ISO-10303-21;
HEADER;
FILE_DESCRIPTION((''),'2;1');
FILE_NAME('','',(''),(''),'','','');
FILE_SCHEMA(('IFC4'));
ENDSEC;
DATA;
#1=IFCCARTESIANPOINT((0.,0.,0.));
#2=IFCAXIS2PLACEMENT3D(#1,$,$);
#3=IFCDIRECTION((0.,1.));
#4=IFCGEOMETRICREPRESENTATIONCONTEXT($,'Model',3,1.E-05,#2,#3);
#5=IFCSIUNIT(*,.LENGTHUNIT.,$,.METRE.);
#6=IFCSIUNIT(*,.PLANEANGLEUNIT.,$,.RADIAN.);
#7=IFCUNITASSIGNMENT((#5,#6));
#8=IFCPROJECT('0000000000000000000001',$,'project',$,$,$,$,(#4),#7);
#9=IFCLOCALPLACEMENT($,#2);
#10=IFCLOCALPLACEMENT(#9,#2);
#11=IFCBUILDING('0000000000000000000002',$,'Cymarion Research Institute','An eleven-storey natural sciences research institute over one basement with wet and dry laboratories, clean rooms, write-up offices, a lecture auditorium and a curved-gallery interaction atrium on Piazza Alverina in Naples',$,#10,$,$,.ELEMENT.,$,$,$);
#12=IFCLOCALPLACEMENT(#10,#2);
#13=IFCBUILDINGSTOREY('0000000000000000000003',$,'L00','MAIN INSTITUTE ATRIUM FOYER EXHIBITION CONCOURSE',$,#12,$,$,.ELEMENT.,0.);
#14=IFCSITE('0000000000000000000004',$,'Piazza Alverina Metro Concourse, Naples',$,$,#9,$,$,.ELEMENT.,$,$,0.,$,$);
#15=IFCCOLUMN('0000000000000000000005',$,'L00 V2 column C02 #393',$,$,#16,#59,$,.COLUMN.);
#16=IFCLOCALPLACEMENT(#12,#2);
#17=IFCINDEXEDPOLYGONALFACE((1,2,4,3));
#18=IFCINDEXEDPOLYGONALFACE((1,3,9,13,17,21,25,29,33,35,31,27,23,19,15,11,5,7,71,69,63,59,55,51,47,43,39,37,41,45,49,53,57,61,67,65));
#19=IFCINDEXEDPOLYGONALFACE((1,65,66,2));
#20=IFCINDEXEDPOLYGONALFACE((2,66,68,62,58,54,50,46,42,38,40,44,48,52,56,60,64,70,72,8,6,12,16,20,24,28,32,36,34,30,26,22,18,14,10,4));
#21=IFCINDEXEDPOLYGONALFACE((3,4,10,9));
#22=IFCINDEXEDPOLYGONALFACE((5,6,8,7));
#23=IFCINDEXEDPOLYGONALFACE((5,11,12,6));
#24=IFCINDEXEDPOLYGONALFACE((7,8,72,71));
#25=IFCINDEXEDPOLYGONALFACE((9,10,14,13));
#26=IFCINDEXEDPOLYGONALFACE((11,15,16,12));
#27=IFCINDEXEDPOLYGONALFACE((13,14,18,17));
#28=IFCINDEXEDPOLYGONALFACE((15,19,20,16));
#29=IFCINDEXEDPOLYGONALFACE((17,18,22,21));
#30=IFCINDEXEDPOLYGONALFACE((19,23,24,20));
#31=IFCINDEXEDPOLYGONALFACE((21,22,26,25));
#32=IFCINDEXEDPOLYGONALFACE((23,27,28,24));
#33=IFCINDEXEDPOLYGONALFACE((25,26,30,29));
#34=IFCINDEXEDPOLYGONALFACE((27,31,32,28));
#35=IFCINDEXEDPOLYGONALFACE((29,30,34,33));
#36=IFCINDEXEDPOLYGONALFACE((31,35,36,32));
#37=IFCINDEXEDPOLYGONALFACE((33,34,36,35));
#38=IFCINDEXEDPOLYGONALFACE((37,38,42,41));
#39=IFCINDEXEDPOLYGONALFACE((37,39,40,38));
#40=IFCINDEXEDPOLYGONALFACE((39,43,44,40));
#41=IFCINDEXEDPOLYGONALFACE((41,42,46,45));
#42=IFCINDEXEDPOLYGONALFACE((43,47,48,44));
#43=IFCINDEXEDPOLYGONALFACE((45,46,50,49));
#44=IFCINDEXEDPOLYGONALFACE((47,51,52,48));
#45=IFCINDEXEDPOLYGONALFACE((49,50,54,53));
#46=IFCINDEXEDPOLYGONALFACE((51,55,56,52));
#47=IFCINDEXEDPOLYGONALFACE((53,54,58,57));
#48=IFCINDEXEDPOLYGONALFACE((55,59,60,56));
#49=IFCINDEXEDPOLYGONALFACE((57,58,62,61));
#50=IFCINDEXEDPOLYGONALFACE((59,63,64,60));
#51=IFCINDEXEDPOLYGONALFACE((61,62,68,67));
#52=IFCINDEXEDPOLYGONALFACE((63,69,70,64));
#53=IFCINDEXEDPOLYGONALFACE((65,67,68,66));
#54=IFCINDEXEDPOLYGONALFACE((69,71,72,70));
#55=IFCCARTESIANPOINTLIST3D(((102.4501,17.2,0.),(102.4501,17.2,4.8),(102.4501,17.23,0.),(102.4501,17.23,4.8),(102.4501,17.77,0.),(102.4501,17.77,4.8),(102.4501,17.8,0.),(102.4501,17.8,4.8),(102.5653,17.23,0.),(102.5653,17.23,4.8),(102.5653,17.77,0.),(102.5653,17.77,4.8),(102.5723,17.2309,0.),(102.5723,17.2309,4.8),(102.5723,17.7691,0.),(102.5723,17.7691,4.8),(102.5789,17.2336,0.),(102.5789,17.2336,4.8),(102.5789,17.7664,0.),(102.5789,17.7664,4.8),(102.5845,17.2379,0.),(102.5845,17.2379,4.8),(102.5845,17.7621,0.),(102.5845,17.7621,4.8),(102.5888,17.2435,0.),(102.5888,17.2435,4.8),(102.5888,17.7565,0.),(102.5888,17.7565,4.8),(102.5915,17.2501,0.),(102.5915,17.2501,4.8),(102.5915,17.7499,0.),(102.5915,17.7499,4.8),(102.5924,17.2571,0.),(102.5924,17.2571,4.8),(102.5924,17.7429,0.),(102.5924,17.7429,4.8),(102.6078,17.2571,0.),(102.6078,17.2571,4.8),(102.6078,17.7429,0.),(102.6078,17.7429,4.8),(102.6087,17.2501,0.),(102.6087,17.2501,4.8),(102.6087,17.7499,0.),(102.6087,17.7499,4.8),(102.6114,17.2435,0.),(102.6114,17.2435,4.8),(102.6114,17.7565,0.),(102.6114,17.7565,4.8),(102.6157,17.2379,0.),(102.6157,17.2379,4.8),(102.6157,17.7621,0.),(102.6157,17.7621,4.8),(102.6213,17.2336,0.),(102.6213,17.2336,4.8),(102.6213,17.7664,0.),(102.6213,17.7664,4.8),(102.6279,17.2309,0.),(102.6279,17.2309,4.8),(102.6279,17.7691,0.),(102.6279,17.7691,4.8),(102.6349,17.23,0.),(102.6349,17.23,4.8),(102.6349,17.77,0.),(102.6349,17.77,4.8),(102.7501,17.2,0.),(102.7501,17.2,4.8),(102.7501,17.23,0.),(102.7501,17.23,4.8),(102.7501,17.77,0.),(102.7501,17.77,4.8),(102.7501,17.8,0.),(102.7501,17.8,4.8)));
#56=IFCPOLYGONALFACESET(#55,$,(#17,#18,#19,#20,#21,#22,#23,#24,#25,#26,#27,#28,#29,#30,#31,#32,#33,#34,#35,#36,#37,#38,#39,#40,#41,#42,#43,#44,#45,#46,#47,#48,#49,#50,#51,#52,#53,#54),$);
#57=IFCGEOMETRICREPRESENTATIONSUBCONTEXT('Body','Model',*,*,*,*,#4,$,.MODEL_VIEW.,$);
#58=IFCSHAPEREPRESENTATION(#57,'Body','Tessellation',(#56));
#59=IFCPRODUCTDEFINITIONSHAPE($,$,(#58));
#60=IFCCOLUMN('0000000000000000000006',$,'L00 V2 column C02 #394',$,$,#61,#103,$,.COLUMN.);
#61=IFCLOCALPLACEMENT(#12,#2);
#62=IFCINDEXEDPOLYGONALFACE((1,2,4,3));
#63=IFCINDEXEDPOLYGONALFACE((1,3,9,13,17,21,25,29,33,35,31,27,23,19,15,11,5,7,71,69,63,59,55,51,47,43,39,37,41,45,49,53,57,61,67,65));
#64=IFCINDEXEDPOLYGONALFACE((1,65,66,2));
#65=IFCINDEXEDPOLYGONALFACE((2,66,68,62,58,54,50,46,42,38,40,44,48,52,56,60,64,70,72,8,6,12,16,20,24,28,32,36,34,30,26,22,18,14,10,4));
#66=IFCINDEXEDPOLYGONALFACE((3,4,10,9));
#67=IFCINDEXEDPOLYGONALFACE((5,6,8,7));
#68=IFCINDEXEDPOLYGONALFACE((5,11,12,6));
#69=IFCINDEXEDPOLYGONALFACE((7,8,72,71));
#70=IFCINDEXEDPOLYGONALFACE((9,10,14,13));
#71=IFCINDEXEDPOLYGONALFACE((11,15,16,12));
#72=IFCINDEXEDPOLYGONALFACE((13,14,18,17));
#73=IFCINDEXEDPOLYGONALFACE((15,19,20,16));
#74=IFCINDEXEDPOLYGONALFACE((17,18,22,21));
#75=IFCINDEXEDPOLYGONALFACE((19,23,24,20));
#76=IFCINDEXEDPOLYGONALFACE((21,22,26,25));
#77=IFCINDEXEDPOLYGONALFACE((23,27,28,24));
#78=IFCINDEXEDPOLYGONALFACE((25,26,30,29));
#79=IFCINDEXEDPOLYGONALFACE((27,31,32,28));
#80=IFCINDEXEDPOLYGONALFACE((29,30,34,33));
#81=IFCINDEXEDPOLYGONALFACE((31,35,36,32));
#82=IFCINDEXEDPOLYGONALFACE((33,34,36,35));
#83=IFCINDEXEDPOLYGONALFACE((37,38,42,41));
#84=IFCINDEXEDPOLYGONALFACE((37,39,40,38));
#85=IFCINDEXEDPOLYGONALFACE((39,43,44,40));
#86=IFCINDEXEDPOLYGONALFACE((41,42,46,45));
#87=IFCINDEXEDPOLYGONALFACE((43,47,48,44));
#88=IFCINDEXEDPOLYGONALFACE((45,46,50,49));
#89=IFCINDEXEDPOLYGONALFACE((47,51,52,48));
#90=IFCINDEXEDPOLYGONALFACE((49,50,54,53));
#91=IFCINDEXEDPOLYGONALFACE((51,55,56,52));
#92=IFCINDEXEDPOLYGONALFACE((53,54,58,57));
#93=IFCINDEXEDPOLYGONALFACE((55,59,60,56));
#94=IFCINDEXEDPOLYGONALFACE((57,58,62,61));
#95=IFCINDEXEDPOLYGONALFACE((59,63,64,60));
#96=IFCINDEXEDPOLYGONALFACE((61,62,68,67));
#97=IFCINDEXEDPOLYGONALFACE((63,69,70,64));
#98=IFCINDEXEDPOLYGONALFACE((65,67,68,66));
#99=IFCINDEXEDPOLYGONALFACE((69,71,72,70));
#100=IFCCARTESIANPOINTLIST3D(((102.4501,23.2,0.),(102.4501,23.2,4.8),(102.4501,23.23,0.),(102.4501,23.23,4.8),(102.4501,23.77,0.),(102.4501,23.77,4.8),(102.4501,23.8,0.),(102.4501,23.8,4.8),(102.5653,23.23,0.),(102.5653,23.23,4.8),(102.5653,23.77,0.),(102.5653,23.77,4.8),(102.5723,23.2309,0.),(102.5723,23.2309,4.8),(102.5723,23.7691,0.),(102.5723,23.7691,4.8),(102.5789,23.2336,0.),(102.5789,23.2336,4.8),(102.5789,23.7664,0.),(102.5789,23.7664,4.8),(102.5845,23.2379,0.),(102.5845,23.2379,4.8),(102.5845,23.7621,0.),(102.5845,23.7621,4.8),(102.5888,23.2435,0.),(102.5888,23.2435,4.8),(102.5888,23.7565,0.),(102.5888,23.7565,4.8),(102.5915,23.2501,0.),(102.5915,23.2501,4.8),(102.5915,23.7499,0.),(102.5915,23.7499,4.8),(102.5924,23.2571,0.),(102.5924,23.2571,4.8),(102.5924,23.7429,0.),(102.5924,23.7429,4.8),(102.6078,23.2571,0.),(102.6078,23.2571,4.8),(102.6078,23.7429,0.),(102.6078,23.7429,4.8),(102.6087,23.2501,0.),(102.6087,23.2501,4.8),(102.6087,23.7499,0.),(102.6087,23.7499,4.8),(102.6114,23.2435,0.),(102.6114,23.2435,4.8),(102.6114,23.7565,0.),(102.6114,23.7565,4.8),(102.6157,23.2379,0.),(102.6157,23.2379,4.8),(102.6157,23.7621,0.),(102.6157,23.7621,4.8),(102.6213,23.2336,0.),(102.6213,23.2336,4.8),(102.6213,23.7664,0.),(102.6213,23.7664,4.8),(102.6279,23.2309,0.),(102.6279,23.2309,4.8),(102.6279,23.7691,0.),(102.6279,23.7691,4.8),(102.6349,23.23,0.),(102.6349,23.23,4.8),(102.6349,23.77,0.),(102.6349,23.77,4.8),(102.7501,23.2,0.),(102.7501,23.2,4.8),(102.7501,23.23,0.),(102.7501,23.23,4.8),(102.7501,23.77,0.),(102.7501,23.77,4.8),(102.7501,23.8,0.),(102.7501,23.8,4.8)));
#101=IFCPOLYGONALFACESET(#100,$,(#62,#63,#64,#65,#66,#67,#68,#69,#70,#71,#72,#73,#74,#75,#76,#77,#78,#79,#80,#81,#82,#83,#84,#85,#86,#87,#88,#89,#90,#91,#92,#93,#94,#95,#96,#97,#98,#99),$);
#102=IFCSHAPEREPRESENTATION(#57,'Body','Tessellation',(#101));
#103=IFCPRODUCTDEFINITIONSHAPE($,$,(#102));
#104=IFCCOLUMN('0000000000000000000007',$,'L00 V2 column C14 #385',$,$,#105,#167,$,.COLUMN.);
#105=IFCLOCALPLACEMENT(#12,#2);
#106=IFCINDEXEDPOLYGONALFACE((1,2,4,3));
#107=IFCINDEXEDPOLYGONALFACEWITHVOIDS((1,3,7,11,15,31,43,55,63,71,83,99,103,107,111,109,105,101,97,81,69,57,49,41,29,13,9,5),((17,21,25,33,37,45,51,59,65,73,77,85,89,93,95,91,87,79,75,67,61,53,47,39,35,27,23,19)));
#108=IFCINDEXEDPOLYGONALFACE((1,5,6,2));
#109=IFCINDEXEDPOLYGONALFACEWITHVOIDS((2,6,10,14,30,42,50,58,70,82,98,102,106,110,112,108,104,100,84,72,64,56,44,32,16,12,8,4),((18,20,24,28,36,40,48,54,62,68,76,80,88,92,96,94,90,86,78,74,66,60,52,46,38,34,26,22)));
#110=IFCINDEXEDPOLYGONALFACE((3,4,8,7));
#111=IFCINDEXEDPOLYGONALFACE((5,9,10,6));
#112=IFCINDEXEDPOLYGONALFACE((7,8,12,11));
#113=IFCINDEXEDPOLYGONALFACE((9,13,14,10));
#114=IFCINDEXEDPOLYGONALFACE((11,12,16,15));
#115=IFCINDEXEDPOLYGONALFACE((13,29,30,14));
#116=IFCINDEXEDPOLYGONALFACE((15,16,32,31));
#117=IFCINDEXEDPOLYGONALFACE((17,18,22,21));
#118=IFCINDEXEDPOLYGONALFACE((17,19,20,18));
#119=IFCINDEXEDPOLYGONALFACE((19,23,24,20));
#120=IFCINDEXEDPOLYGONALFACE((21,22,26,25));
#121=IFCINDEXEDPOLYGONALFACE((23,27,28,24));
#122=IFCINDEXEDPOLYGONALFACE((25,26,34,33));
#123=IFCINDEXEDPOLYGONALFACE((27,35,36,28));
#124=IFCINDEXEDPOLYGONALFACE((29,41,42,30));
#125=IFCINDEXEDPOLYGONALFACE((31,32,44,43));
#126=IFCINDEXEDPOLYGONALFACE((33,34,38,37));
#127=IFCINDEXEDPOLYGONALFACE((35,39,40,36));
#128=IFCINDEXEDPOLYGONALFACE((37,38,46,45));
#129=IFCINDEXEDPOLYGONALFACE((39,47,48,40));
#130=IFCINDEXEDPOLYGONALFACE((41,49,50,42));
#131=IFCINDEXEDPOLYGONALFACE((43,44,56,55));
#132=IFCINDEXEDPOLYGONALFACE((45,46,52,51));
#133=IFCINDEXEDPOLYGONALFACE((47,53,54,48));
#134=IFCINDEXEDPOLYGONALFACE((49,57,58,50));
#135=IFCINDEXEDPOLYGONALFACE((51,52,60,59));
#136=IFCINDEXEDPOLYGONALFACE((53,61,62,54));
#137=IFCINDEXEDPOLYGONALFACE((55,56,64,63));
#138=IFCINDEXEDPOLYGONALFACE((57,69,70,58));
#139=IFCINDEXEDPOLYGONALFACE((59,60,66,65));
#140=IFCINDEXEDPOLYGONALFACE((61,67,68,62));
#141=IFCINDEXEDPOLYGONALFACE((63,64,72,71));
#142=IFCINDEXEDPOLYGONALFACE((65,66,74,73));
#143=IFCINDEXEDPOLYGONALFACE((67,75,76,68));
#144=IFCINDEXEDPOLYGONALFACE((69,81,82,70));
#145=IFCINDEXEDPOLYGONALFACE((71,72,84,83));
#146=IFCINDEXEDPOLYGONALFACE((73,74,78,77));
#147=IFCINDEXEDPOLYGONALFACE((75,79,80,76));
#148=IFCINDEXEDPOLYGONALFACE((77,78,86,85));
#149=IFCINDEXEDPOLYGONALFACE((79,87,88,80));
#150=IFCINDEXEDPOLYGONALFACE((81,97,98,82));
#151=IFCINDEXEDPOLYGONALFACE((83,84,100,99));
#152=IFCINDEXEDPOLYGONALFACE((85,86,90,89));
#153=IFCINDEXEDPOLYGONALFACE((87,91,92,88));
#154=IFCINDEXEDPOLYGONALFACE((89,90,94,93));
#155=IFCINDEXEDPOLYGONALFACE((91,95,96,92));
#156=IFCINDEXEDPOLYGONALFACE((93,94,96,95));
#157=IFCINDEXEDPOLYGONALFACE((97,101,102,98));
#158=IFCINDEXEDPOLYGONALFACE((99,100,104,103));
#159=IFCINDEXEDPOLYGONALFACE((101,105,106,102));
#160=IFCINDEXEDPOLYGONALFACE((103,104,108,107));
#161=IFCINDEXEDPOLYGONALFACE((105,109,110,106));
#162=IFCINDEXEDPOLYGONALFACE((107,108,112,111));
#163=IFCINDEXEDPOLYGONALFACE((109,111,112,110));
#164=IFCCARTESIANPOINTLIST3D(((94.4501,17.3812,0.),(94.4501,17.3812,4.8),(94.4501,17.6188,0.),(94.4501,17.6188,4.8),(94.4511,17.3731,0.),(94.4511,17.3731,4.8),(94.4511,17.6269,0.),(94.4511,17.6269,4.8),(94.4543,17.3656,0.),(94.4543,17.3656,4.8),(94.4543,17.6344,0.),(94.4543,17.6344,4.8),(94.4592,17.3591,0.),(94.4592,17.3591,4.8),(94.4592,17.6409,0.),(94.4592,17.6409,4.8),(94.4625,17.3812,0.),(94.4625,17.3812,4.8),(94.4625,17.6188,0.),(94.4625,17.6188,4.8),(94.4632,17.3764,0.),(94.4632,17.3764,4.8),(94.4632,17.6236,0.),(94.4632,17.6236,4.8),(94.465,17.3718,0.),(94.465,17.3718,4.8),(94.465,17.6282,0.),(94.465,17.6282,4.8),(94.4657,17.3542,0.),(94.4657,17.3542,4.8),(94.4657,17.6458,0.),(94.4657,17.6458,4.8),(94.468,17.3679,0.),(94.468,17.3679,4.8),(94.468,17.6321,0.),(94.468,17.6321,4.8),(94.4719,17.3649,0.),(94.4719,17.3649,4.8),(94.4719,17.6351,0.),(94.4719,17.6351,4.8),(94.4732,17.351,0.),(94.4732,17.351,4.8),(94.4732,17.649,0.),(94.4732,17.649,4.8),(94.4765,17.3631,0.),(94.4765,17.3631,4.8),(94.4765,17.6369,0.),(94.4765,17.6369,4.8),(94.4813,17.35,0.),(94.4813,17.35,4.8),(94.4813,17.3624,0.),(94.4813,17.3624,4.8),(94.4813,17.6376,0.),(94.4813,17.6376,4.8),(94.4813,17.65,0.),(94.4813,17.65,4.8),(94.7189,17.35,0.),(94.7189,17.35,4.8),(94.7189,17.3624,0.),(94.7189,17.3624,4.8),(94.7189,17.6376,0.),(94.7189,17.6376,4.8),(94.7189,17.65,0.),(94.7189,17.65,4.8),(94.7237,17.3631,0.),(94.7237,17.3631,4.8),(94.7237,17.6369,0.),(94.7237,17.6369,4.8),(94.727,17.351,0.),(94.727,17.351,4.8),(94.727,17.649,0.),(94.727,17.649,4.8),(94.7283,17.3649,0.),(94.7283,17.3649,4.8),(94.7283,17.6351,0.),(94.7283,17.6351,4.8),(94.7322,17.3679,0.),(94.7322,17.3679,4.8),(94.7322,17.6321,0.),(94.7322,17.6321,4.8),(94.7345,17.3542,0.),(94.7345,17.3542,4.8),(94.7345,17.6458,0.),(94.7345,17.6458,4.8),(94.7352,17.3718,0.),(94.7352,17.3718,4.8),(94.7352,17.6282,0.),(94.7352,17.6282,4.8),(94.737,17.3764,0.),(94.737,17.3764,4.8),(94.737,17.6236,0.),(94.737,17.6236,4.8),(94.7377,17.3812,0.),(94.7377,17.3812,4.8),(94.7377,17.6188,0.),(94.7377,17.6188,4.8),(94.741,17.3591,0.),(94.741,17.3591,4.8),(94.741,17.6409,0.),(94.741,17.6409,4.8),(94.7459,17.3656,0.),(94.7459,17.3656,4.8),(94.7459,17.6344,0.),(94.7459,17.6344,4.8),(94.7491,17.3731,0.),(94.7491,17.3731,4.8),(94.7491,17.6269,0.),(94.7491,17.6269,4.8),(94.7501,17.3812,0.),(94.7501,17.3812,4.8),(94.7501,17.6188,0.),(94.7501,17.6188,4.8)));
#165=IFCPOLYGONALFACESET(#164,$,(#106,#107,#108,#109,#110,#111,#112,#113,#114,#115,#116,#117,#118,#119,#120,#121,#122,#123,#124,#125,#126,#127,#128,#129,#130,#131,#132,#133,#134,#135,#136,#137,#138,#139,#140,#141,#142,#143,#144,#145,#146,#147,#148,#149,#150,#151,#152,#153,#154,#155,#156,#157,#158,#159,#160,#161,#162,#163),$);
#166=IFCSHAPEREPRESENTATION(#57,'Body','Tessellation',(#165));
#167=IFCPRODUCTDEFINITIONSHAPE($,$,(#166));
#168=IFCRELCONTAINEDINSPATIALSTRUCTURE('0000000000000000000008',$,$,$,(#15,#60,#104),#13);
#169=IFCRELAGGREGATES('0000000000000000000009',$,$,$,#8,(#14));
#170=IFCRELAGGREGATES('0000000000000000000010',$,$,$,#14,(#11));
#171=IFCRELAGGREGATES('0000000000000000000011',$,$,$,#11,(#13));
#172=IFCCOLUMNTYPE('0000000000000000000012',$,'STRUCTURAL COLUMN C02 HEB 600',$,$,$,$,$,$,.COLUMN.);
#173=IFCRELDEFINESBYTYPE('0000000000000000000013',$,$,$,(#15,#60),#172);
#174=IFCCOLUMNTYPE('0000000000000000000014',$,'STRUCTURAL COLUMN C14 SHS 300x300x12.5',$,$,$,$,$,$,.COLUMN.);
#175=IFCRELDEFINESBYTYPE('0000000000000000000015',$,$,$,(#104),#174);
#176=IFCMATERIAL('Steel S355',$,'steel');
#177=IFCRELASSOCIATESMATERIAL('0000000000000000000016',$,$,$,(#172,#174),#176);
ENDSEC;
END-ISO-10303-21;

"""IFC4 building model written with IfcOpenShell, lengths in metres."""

from ifc_helpers import new_model, si_unit, direction, frame, origin, origin_2d, place, context, subcontext, project, spatial, hollow_rectangle, i_section, extrude, material, material_profile, profile_set, type_object, element, save


model = new_model("IFC4")

# Units and contexts
model_context = context("Model", 3, precision=1e-05, world=origin(), true_north=direction((0.0, 1.0)))
body_context = subcontext(model_context, "Body", "Model", "MODEL_VIEW")
ifc_project = project(units=[si_unit("LENGTHUNIT", "METRE"), si_unit("PLANEANGLEUNIT", "RADIAN")], contexts=[model_context])

# Site, building, storey
site_placement = place(None, origin())
site = spatial("IfcSite", under=ifc_project, at=site_placement, Name="Piazza Alverina Metro Concourse, Naples", CompositionType="ELEMENT", RefElevation=0.0)
building_placement = place(site_placement, origin())
building = spatial("IfcBuilding", under=site, at=building_placement, Name="Cymarion Research Institute", Description="An eleven-storey natural sciences research institute over one basement with wet and dry laboratories, clean rooms, write-up offices, a lecture auditorium and a curved-gallery interaction atrium on Piazza Alverina in Naples", CompositionType="ELEMENT")
storey_placement = place(building_placement, origin())
storey = spatial("IfcBuildingStorey", under=building, at=storey_placement, Name="L00", Description="MAIN INSTITUTE ATRIUM FOYER EXHIBITION CONCOURSE", CompositionType="ELEMENT", Elevation=0.0)

# Columns
ifc_material_1 = material(Name="Steel S355", Category="steel")
ifc_material_profile_1 = material_profile(ifc_material_1, i_section(OverallWidth=0.3, OverallDepth=0.6001, WebThickness=0.0154, FlangeThickness=0.03, FilletRadius=0.0271, at=origin_2d()), Name="HEB 600")
ifc_profile_set_1 = profile_set([ifc_material_profile_1], Name="Steel S355")
column_type_1 = type_object("IfcColumnType", Name="STRUCTURAL COLUMN C02 HEB 600", PredefinedType="COLUMN", material=ifc_profile_set_1)
for number, where, z_axis, x_axis, name in (
    (1, (102.6001, 17.5, 0.0), (0.0, 0.0, 1.0), (1.0, 0.0, 0.0), "L00 V2 column C02 #393"),
    (2, (102.6001, 23.5, 0.0), (0.0, 0.0, 1.0), (1.0, 0.0, 0.0), "L00 V2 column C02 #394"),
):
    element("IfcColumn", number, at=place(storey_placement, frame(where, z_axis=z_axis, x_axis=x_axis)), inside=storey, type_object=column_type_1, Name=name, PredefinedType="COLUMN", context=body_context, shape_type="SweptSolid", body=[
        extrude(i_section(OverallWidth=0.3, OverallDepth=0.6001, WebThickness=0.0154, FlangeThickness=0.03, FilletRadius=0.0271, at=origin_2d()), origin(), (0.0, 0.0, 1.0), 4.8),
    ])
ifc_material_profile_2 = material_profile(ifc_material_1, hollow_rectangle(XDim=0.3, YDim=0.3, WallThickness=0.0125, InnerFilletRadius=0.0188, OuterFilletRadius=0.0312, at=origin_2d()), Name="SHS 300x300x12.5")
ifc_profile_set_2 = profile_set([ifc_material_profile_2], Name="Steel S355")
column_type_2 = type_object("IfcColumnType", Name="STRUCTURAL COLUMN C14 SHS 300x300x12.5", PredefinedType="COLUMN", material=ifc_profile_set_2)
for number, where, z_axis, x_axis, name in (
    (3, (94.6001, 17.5, 0.0), (0.0, 0.0, 1.0), (1.0, 0.0, 0.0), "L00 V2 column C14 #385"),
):
    element("IfcColumn", number, at=place(storey_placement, frame(where, z_axis=z_axis, x_axis=x_axis)), inside=storey, type_object=column_type_2, Name=name, PredefinedType="COLUMN", context=body_context, shape_type="SweptSolid", body=[
        extrude(hollow_rectangle(XDim=0.3, YDim=0.3, WallThickness=0.0125, InnerFilletRadius=0.0188, OuterFilletRadius=0.0312, at=origin_2d()), origin(), (0.0, 0.0, 1.0), 4.8),
    ])

save(model, "model.ifc")
